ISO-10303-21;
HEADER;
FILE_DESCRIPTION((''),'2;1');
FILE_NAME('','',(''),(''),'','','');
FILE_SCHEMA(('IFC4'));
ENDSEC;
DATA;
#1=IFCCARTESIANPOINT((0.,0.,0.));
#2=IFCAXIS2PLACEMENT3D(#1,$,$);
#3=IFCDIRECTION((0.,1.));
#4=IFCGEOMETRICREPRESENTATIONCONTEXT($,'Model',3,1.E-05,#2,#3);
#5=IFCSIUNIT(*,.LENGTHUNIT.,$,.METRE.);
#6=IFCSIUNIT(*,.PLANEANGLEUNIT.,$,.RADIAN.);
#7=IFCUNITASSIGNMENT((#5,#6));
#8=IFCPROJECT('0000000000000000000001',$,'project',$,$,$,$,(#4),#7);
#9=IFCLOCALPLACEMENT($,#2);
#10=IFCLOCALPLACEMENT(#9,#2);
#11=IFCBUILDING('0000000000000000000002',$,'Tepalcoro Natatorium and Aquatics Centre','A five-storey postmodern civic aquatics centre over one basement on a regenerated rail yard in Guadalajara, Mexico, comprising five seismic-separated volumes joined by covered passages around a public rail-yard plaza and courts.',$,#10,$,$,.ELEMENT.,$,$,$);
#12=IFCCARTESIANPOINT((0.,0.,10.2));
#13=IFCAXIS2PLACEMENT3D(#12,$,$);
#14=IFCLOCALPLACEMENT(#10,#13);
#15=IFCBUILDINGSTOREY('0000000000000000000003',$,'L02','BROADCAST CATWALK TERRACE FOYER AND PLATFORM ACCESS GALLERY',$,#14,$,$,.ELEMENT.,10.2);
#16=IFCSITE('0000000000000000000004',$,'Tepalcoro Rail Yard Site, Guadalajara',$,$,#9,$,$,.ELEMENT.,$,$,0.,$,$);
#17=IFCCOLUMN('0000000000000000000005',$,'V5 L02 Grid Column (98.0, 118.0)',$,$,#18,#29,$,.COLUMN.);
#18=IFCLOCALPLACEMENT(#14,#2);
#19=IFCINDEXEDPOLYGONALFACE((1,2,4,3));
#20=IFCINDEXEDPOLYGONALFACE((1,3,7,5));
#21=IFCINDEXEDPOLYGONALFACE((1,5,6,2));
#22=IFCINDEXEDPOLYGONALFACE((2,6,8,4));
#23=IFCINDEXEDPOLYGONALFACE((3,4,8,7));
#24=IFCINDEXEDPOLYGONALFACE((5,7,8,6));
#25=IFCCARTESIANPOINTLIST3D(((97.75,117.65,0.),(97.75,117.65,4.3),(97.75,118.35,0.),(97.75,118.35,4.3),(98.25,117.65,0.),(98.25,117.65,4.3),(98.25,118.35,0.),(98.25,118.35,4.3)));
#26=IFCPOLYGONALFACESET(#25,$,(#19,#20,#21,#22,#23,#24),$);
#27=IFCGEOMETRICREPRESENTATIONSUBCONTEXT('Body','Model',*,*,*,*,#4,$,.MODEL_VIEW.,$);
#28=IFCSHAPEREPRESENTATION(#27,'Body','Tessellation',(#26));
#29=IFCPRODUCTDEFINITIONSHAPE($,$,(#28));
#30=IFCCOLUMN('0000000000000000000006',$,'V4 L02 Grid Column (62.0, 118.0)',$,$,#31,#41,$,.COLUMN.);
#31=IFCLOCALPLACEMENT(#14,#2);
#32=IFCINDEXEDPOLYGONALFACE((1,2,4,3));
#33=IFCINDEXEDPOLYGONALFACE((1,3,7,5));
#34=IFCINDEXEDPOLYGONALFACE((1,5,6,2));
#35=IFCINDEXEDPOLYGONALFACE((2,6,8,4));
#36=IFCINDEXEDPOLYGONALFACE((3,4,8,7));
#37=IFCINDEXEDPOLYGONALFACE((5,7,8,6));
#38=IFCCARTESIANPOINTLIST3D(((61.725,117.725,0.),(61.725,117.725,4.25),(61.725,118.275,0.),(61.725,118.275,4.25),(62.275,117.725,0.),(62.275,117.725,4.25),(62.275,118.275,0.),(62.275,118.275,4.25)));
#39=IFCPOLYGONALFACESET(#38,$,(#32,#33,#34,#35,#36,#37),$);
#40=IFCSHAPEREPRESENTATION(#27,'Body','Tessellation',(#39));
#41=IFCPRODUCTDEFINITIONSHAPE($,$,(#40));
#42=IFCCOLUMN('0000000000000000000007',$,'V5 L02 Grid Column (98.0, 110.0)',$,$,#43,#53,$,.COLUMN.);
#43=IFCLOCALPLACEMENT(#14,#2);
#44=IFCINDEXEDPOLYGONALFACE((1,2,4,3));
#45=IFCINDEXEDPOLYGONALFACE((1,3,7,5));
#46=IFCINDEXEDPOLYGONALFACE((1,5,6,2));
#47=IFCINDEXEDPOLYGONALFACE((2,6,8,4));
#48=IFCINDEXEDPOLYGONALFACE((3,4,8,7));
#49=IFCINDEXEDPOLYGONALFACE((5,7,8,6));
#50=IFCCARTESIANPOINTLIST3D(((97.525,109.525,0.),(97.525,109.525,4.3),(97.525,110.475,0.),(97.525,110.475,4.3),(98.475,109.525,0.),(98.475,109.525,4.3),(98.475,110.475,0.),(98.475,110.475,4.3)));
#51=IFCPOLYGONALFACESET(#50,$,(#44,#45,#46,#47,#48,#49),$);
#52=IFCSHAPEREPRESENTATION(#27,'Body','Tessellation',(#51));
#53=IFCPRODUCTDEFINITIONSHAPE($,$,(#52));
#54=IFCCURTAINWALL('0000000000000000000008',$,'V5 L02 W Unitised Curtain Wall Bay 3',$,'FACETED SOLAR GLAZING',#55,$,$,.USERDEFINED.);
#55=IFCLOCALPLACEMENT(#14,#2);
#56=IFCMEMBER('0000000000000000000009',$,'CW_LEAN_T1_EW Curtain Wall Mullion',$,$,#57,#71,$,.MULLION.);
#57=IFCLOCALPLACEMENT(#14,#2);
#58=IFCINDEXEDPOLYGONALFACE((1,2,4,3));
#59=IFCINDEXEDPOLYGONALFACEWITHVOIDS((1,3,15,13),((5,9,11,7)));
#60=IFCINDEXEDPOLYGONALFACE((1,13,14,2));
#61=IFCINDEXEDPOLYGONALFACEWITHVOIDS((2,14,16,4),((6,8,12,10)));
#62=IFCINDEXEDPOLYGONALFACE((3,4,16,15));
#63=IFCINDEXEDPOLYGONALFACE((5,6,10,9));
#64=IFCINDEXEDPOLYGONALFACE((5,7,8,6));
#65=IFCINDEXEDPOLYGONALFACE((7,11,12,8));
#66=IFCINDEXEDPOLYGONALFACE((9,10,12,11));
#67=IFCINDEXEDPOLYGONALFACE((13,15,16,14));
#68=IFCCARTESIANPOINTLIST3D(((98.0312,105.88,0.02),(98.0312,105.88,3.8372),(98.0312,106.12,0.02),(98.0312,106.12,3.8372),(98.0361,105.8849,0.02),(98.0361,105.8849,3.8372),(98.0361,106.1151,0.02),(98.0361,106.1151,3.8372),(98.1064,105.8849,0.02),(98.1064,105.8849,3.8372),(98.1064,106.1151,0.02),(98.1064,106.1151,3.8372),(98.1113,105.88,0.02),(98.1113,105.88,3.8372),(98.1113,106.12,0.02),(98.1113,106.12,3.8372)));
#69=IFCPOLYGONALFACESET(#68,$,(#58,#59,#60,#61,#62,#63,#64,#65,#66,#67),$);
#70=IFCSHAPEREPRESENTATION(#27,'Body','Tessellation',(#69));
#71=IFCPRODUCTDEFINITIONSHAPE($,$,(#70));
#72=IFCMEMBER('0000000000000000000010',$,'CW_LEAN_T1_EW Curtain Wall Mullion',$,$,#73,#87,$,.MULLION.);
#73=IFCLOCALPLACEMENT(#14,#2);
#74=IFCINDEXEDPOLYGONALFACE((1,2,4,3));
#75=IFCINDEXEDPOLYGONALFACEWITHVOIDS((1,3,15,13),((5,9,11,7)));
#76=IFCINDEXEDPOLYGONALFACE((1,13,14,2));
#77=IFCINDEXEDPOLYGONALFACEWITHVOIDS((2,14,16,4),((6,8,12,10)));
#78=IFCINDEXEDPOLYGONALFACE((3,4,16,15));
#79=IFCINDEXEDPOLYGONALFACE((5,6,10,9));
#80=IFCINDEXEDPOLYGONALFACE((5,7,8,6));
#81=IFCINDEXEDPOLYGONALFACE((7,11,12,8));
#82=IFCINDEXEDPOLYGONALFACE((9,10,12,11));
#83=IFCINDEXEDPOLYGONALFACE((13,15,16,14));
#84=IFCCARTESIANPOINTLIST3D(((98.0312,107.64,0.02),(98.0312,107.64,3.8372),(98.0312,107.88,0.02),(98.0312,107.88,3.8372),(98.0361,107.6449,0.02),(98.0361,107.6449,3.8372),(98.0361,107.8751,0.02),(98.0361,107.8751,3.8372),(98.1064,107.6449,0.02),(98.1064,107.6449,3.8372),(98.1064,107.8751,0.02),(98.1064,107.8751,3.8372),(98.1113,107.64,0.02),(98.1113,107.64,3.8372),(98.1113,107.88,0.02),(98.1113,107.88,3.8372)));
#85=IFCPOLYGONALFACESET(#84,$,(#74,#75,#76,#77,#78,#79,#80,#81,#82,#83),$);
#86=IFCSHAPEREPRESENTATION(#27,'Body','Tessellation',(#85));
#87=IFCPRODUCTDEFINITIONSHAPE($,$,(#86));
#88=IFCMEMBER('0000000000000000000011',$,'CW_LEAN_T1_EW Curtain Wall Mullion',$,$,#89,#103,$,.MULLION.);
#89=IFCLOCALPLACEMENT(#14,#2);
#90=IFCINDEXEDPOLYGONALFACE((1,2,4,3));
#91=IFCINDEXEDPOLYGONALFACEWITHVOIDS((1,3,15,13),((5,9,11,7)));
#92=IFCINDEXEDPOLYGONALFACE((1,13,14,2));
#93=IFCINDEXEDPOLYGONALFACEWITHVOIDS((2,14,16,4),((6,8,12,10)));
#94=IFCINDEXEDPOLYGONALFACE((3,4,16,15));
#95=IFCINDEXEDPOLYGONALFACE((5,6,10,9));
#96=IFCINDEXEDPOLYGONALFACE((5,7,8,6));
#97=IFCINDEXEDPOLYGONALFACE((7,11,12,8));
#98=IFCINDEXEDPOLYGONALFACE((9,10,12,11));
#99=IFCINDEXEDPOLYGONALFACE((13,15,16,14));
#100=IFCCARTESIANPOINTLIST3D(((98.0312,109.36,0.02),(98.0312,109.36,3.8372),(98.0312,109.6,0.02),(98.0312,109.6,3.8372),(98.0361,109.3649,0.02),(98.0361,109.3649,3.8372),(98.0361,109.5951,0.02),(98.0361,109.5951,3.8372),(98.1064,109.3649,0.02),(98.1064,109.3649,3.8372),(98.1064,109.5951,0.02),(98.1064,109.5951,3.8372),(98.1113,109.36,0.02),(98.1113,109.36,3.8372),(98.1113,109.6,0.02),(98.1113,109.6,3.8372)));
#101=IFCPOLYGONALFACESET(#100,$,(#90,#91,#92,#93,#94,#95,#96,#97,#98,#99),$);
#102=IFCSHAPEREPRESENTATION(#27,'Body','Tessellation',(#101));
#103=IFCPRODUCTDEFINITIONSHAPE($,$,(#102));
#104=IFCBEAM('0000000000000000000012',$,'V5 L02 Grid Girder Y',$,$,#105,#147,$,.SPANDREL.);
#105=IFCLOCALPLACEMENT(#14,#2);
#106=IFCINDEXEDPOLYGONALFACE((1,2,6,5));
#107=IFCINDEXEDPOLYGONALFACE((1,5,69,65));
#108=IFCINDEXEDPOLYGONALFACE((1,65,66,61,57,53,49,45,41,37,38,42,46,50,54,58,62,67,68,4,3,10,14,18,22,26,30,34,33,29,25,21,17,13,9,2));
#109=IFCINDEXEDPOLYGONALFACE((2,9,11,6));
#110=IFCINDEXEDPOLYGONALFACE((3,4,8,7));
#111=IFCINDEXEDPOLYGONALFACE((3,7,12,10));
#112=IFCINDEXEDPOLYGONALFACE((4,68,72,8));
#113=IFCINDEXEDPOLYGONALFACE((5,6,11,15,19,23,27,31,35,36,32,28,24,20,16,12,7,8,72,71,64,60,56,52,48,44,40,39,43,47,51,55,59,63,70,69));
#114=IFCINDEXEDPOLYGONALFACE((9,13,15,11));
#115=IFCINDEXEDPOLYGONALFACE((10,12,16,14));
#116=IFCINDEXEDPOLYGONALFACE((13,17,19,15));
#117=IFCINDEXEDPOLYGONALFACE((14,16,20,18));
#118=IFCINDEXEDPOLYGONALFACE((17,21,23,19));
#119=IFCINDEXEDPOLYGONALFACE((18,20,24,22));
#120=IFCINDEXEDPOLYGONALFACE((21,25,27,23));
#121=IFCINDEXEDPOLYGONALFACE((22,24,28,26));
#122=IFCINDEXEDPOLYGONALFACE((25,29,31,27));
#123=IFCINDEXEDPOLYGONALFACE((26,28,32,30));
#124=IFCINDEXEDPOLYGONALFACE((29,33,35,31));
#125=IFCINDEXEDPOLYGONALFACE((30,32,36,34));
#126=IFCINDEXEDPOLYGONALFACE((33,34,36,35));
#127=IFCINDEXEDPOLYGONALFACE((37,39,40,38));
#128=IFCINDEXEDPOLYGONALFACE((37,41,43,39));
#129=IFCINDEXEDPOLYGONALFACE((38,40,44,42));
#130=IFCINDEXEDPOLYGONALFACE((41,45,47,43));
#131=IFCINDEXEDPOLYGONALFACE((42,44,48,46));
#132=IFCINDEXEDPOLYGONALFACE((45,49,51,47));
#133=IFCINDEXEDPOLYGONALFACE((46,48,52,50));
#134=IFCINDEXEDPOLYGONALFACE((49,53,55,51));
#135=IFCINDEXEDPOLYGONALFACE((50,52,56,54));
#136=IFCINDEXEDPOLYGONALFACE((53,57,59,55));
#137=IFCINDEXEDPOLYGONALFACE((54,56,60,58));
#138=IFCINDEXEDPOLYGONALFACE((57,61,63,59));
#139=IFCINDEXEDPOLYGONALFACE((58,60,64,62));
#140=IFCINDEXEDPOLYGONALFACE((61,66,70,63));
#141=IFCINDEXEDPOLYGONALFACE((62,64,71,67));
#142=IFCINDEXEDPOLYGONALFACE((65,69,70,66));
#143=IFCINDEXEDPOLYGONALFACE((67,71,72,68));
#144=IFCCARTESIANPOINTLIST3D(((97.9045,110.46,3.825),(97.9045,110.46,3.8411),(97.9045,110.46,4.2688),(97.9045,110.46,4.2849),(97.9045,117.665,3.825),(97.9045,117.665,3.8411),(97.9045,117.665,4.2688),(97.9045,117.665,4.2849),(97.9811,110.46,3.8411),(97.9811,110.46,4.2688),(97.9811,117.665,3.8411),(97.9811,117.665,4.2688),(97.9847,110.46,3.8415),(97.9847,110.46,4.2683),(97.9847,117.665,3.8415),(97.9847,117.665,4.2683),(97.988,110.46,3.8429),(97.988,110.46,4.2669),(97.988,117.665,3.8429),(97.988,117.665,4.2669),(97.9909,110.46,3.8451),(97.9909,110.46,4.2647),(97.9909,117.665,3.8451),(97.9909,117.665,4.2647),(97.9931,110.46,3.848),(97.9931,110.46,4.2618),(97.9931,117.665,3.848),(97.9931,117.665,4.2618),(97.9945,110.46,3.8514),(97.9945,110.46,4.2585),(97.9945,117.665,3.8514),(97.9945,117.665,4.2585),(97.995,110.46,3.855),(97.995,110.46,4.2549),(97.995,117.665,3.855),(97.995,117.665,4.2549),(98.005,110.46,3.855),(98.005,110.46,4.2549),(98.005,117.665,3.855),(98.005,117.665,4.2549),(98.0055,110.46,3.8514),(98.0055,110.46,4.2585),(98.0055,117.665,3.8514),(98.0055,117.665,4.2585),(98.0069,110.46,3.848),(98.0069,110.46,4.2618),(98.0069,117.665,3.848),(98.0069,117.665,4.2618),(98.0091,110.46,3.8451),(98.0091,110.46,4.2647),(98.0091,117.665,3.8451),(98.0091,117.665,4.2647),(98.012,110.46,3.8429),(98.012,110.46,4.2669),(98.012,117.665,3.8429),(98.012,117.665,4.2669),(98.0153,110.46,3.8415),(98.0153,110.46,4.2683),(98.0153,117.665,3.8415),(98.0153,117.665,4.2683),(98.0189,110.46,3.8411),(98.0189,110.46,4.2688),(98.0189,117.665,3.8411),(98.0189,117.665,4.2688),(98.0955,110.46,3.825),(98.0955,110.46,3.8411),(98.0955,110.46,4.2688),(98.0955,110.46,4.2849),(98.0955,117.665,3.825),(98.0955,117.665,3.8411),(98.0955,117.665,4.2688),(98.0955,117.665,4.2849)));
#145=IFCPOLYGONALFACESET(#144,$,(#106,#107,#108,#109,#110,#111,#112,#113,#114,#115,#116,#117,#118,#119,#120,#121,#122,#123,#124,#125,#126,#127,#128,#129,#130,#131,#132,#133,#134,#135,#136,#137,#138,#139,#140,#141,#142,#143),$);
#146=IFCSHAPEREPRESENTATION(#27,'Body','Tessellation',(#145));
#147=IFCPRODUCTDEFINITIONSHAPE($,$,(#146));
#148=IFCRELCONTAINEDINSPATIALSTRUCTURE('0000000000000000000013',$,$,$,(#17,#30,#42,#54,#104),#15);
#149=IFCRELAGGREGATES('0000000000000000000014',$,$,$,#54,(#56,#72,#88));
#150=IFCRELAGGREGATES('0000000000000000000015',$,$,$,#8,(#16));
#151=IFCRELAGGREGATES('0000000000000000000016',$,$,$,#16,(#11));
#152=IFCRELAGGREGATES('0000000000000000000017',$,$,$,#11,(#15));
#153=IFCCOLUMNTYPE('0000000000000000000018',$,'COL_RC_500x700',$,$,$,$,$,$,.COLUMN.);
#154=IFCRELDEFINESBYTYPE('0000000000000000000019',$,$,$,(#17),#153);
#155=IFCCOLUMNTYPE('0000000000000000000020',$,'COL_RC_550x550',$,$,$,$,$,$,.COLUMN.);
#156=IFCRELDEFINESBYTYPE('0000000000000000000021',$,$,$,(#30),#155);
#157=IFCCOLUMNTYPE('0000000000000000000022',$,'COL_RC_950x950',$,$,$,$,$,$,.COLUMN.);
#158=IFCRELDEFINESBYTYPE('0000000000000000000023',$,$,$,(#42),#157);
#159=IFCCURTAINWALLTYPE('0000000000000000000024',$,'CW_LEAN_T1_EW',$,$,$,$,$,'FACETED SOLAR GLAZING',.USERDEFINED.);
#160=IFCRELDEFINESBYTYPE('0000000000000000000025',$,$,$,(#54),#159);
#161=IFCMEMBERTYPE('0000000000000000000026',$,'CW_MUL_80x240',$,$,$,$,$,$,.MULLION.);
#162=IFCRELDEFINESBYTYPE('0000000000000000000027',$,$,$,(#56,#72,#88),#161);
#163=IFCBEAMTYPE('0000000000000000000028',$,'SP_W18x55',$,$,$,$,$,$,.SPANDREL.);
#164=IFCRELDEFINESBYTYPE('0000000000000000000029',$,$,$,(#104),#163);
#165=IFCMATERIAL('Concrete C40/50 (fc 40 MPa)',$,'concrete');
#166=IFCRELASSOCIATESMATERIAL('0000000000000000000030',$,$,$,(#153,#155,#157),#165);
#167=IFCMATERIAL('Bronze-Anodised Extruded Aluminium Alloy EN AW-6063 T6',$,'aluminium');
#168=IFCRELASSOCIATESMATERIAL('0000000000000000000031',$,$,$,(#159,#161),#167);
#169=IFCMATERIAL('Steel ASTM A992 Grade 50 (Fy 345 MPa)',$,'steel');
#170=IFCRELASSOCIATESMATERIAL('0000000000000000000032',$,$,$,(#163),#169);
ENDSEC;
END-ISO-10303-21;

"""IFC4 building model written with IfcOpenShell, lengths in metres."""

from ifc_helpers import new_model, si_unit, direction, frame, origin, origin_2d, place, context, subcontext, project, spatial, rectangle, hollow_rectangle, i_section, extrude, material, material_profile, profile_set, type_object, element, aggregate, save


model = new_model("IFC4")

# Units and contexts
model_context = context("Model", 3, precision=1e-05, world=origin(), true_north=direction((0.0, 1.0)))
body_context = subcontext(model_context, "Body", "Model", "MODEL_VIEW")
ifc_project = project(units=[si_unit("LENGTHUNIT", "METRE"), si_unit("PLANEANGLEUNIT", "RADIAN")], contexts=[model_context])

# Site, building, storey
site_placement = place(None, origin())
site = spatial("IfcSite", under=ifc_project, at=site_placement, Name="Tepalcoro Rail Yard Site, Guadalajara", CompositionType="ELEMENT", RefElevation=0.0)
building_placement = place(site_placement, origin())
building = spatial("IfcBuilding", under=site, at=building_placement, Name="Tepalcoro Natatorium and Aquatics Centre", Description="A five-storey postmodern civic aquatics centre over one basement on a regenerated rail yard in Guadalajara, Mexico, comprising five seismic-separated volumes joined by covered passages around a public rail-yard plaza and courts.", CompositionType="ELEMENT")
storey_placement = place(building_placement, frame((0.0, 0.0, 10.2)))
storey = spatial("IfcBuildingStorey", under=building, at=storey_placement, Name="L02", Description="BROADCAST CATWALK TERRACE FOYER AND PLATFORM ACCESS GALLERY", CompositionType="ELEMENT", Elevation=10.2)

# Columns
ifc_material_1 = material(Name="Concrete C40/50 (fc 40 MPa)", Category="concrete")
ifc_material_profile_1 = material_profile(ifc_material_1, rectangle(XDim=0.5, YDim=0.7, at=origin_2d()), Name="RC500x700")
ifc_profile_set_1 = profile_set([ifc_material_profile_1], Name="Concrete C40/50 (fc 40 MPa)")
column_type_1 = type_object("IfcColumnType", Name="COL_RC_500x700", PredefinedType="COLUMN", material=ifc_profile_set_1)
column_1_placement = place(storey_placement, frame((98.0, 118.0, 0.0), z_axis=(0.0, 0.0, 1.0), x_axis=(1.0, 0.0, 0.0)))
element("IfcColumn", 1, at=column_1_placement, inside=storey, type_object=column_type_1, Name="V5 L02 Grid Column (98.0, 118.0)", PredefinedType="COLUMN", context=body_context, shape_type="SweptSolid", body=[
    extrude(rectangle(XDim=0.5, YDim=0.7, at=origin_2d()), origin(), (0.0, 0.0, 1.0), 4.3),
])
ifc_material_profile_2 = material_profile(ifc_material_1, rectangle(XDim=0.55, YDim=0.55, at=origin_2d()), Name="RC550x550")
ifc_profile_set_2 = profile_set([ifc_material_profile_2], Name="Concrete C40/50 (fc 40 MPa)")
column_type_2 = type_object("IfcColumnType", Name="COL_RC_550x550", PredefinedType="COLUMN", material=ifc_profile_set_2)
column_2_placement = place(storey_placement, frame((62.0, 118.0, 0.0), z_axis=(0.0, 0.0, 1.0), x_axis=(1.0, 0.0, 0.0)))
element("IfcColumn", 2, at=column_2_placement, inside=storey, type_object=column_type_2, Name="V4 L02 Grid Column (62.0, 118.0)", PredefinedType="COLUMN", context=body_context, shape_type="SweptSolid", body=[
    extrude(rectangle(XDim=0.55, YDim=0.55, at=origin_2d()), origin(), (0.0, 0.0, 1.0), 4.25),
])
ifc_material_profile_3 = material_profile(ifc_material_1, rectangle(XDim=0.95, YDim=0.95, at=origin_2d()), Name="RC950x950")
ifc_profile_set_3 = profile_set([ifc_material_profile_3], Name="Concrete C40/50 (fc 40 MPa)")
column_type_3 = type_object("IfcColumnType", Name="COL_RC_950x950", PredefinedType="COLUMN", material=ifc_profile_set_3)
column_3_placement = place(storey_placement, frame((98.0, 110.0, 0.0), z_axis=(0.0, 0.0, 1.0), x_axis=(1.0, 0.0, 0.0)))
element("IfcColumn", 3, at=column_3_placement, inside=storey, type_object=column_type_3, Name="V5 L02 Grid Column (98.0, 110.0)", PredefinedType="COLUMN", context=body_context, shape_type="SweptSolid", body=[
    extrude(rectangle(XDim=0.95, YDim=0.95, at=origin_2d()), origin(), (0.0, 0.0, 1.0), 4.3),
])

# Curtain wall, members
ifc_material_2 = material(Name="Bronze-Anodised Extruded Aluminium Alloy EN AW-6063 T6", Category="aluminium")
curtain_wall_type = type_object("IfcCurtainWallType", Name="CW_LEAN_T1_EW", ElementType="FACETED SOLAR GLAZING", PredefinedType="USERDEFINED", material=ifc_material_2)
curtain_wall_placement = place(storey_placement, origin())
curtain_wall = element("IfcCurtainWall", 4, at=curtain_wall_placement, inside=storey, type_object=curtain_wall_type, Name="V5 L02 W Unitised Curtain Wall Bay 3", ObjectType="FACETED SOLAR GLAZING", PredefinedType="USERDEFINED")
ifc_material_profile_4 = material_profile(ifc_material_2, hollow_rectangle(XDim=0.0801, YDim=0.24, WallThickness=0.0049, at=origin_2d()), Name="AL80X240X5")
ifc_profile_set_4 = profile_set([ifc_material_profile_4], Name="Bronze-Anodised Extruded Aluminium Alloy EN AW-6063 T6")
member_type = type_object("IfcMemberType", Name="CW_MUL_80x240", PredefinedType="MULLION", material=ifc_profile_set_4)
member_1_placement = place(storey_placement, frame((98.0713, 106.0, 0.02), z_axis=(0.0, 0.0, 1.0), x_axis=(1.0, 0.0, 0.0)))
member_1 = element("IfcMember", 5, at=member_1_placement, type_object=member_type, Name="CW_LEAN_T1_EW Curtain Wall Mullion", PredefinedType="MULLION", context=body_context, shape_type="SweptSolid", body=[
    extrude(hollow_rectangle(XDim=0.0801, YDim=0.24, WallThickness=0.0049, at=origin_2d()), origin(), (0.0, 0.0, 1.0), 3.8171),
])
member_2_placement = place(storey_placement, frame((98.0713, 107.76, 0.02), z_axis=(0.0, 0.0, 1.0), x_axis=(1.0, 0.0, 0.0)))
member_2 = element("IfcMember", 6, at=member_2_placement, type_object=member_type, Name="CW_LEAN_T1_EW Curtain Wall Mullion", PredefinedType="MULLION", context=body_context, shape_type="SweptSolid", body=[
    extrude(hollow_rectangle(XDim=0.0801, YDim=0.24, WallThickness=0.0049, at=origin_2d()), origin(), (0.0, 0.0, 1.0), 3.8171),
])
member_3_placement = place(storey_placement, frame((98.0713, 109.48, 0.02), z_axis=(0.0, 0.0, 1.0), x_axis=(1.0, 0.0, 0.0)))
member_3 = element("IfcMember", 7, at=member_3_placement, type_object=member_type, Name="CW_LEAN_T1_EW Curtain Wall Mullion", PredefinedType="MULLION", context=body_context, shape_type="SweptSolid", body=[
    extrude(hollow_rectangle(XDim=0.0801, YDim=0.24, WallThickness=0.0049, at=origin_2d()), origin(), (0.0, 0.0, 1.0), 3.8171),
])

# Beam
ifc_material_3 = material(Name="Steel ASTM A992 Grade 50 (Fy 345 MPa)", Category="steel")
ifc_material_profile_5 = material_profile(ifc_material_3, i_section(OverallWidth=0.1909, OverallDepth=0.46, WebThickness=0.01, FlangeThickness=0.0161, FilletRadius=0.0139, at=origin_2d()), Name="W18X55")
ifc_profile_set_5 = profile_set([ifc_material_profile_5], Name="Steel ASTM A992 Grade 50 (Fy 345 MPa)")
beam_type_1 = type_object("IfcBeamType", Name="SP_W18x55", PredefinedType="SPANDREL", material=ifc_profile_set_5)
beam_1_placement = place(storey_placement, frame((98.0, 110.46, 4.0549), z_axis=(0.0, 1.0, 0.0), x_axis=(-1.0, 0.0, 0.0)))
element("IfcBeam", 8, at=beam_1_placement, inside=storey, type_object=beam_type_1, Name="V5 L02 Grid Girder Y", PredefinedType="SPANDREL", context=body_context, shape_type="SweptSolid", body=[
    extrude(i_section(OverallWidth=0.1909, OverallDepth=0.46, WebThickness=0.01, FlangeThickness=0.0161, FilletRadius=0.0139, at=origin_2d()), origin(), (0.0, 0.0, 1.0), 7.2051),
])

aggregate(curtain_wall, [member_1, member_2, member_3])

save(model, "model.ifc")
